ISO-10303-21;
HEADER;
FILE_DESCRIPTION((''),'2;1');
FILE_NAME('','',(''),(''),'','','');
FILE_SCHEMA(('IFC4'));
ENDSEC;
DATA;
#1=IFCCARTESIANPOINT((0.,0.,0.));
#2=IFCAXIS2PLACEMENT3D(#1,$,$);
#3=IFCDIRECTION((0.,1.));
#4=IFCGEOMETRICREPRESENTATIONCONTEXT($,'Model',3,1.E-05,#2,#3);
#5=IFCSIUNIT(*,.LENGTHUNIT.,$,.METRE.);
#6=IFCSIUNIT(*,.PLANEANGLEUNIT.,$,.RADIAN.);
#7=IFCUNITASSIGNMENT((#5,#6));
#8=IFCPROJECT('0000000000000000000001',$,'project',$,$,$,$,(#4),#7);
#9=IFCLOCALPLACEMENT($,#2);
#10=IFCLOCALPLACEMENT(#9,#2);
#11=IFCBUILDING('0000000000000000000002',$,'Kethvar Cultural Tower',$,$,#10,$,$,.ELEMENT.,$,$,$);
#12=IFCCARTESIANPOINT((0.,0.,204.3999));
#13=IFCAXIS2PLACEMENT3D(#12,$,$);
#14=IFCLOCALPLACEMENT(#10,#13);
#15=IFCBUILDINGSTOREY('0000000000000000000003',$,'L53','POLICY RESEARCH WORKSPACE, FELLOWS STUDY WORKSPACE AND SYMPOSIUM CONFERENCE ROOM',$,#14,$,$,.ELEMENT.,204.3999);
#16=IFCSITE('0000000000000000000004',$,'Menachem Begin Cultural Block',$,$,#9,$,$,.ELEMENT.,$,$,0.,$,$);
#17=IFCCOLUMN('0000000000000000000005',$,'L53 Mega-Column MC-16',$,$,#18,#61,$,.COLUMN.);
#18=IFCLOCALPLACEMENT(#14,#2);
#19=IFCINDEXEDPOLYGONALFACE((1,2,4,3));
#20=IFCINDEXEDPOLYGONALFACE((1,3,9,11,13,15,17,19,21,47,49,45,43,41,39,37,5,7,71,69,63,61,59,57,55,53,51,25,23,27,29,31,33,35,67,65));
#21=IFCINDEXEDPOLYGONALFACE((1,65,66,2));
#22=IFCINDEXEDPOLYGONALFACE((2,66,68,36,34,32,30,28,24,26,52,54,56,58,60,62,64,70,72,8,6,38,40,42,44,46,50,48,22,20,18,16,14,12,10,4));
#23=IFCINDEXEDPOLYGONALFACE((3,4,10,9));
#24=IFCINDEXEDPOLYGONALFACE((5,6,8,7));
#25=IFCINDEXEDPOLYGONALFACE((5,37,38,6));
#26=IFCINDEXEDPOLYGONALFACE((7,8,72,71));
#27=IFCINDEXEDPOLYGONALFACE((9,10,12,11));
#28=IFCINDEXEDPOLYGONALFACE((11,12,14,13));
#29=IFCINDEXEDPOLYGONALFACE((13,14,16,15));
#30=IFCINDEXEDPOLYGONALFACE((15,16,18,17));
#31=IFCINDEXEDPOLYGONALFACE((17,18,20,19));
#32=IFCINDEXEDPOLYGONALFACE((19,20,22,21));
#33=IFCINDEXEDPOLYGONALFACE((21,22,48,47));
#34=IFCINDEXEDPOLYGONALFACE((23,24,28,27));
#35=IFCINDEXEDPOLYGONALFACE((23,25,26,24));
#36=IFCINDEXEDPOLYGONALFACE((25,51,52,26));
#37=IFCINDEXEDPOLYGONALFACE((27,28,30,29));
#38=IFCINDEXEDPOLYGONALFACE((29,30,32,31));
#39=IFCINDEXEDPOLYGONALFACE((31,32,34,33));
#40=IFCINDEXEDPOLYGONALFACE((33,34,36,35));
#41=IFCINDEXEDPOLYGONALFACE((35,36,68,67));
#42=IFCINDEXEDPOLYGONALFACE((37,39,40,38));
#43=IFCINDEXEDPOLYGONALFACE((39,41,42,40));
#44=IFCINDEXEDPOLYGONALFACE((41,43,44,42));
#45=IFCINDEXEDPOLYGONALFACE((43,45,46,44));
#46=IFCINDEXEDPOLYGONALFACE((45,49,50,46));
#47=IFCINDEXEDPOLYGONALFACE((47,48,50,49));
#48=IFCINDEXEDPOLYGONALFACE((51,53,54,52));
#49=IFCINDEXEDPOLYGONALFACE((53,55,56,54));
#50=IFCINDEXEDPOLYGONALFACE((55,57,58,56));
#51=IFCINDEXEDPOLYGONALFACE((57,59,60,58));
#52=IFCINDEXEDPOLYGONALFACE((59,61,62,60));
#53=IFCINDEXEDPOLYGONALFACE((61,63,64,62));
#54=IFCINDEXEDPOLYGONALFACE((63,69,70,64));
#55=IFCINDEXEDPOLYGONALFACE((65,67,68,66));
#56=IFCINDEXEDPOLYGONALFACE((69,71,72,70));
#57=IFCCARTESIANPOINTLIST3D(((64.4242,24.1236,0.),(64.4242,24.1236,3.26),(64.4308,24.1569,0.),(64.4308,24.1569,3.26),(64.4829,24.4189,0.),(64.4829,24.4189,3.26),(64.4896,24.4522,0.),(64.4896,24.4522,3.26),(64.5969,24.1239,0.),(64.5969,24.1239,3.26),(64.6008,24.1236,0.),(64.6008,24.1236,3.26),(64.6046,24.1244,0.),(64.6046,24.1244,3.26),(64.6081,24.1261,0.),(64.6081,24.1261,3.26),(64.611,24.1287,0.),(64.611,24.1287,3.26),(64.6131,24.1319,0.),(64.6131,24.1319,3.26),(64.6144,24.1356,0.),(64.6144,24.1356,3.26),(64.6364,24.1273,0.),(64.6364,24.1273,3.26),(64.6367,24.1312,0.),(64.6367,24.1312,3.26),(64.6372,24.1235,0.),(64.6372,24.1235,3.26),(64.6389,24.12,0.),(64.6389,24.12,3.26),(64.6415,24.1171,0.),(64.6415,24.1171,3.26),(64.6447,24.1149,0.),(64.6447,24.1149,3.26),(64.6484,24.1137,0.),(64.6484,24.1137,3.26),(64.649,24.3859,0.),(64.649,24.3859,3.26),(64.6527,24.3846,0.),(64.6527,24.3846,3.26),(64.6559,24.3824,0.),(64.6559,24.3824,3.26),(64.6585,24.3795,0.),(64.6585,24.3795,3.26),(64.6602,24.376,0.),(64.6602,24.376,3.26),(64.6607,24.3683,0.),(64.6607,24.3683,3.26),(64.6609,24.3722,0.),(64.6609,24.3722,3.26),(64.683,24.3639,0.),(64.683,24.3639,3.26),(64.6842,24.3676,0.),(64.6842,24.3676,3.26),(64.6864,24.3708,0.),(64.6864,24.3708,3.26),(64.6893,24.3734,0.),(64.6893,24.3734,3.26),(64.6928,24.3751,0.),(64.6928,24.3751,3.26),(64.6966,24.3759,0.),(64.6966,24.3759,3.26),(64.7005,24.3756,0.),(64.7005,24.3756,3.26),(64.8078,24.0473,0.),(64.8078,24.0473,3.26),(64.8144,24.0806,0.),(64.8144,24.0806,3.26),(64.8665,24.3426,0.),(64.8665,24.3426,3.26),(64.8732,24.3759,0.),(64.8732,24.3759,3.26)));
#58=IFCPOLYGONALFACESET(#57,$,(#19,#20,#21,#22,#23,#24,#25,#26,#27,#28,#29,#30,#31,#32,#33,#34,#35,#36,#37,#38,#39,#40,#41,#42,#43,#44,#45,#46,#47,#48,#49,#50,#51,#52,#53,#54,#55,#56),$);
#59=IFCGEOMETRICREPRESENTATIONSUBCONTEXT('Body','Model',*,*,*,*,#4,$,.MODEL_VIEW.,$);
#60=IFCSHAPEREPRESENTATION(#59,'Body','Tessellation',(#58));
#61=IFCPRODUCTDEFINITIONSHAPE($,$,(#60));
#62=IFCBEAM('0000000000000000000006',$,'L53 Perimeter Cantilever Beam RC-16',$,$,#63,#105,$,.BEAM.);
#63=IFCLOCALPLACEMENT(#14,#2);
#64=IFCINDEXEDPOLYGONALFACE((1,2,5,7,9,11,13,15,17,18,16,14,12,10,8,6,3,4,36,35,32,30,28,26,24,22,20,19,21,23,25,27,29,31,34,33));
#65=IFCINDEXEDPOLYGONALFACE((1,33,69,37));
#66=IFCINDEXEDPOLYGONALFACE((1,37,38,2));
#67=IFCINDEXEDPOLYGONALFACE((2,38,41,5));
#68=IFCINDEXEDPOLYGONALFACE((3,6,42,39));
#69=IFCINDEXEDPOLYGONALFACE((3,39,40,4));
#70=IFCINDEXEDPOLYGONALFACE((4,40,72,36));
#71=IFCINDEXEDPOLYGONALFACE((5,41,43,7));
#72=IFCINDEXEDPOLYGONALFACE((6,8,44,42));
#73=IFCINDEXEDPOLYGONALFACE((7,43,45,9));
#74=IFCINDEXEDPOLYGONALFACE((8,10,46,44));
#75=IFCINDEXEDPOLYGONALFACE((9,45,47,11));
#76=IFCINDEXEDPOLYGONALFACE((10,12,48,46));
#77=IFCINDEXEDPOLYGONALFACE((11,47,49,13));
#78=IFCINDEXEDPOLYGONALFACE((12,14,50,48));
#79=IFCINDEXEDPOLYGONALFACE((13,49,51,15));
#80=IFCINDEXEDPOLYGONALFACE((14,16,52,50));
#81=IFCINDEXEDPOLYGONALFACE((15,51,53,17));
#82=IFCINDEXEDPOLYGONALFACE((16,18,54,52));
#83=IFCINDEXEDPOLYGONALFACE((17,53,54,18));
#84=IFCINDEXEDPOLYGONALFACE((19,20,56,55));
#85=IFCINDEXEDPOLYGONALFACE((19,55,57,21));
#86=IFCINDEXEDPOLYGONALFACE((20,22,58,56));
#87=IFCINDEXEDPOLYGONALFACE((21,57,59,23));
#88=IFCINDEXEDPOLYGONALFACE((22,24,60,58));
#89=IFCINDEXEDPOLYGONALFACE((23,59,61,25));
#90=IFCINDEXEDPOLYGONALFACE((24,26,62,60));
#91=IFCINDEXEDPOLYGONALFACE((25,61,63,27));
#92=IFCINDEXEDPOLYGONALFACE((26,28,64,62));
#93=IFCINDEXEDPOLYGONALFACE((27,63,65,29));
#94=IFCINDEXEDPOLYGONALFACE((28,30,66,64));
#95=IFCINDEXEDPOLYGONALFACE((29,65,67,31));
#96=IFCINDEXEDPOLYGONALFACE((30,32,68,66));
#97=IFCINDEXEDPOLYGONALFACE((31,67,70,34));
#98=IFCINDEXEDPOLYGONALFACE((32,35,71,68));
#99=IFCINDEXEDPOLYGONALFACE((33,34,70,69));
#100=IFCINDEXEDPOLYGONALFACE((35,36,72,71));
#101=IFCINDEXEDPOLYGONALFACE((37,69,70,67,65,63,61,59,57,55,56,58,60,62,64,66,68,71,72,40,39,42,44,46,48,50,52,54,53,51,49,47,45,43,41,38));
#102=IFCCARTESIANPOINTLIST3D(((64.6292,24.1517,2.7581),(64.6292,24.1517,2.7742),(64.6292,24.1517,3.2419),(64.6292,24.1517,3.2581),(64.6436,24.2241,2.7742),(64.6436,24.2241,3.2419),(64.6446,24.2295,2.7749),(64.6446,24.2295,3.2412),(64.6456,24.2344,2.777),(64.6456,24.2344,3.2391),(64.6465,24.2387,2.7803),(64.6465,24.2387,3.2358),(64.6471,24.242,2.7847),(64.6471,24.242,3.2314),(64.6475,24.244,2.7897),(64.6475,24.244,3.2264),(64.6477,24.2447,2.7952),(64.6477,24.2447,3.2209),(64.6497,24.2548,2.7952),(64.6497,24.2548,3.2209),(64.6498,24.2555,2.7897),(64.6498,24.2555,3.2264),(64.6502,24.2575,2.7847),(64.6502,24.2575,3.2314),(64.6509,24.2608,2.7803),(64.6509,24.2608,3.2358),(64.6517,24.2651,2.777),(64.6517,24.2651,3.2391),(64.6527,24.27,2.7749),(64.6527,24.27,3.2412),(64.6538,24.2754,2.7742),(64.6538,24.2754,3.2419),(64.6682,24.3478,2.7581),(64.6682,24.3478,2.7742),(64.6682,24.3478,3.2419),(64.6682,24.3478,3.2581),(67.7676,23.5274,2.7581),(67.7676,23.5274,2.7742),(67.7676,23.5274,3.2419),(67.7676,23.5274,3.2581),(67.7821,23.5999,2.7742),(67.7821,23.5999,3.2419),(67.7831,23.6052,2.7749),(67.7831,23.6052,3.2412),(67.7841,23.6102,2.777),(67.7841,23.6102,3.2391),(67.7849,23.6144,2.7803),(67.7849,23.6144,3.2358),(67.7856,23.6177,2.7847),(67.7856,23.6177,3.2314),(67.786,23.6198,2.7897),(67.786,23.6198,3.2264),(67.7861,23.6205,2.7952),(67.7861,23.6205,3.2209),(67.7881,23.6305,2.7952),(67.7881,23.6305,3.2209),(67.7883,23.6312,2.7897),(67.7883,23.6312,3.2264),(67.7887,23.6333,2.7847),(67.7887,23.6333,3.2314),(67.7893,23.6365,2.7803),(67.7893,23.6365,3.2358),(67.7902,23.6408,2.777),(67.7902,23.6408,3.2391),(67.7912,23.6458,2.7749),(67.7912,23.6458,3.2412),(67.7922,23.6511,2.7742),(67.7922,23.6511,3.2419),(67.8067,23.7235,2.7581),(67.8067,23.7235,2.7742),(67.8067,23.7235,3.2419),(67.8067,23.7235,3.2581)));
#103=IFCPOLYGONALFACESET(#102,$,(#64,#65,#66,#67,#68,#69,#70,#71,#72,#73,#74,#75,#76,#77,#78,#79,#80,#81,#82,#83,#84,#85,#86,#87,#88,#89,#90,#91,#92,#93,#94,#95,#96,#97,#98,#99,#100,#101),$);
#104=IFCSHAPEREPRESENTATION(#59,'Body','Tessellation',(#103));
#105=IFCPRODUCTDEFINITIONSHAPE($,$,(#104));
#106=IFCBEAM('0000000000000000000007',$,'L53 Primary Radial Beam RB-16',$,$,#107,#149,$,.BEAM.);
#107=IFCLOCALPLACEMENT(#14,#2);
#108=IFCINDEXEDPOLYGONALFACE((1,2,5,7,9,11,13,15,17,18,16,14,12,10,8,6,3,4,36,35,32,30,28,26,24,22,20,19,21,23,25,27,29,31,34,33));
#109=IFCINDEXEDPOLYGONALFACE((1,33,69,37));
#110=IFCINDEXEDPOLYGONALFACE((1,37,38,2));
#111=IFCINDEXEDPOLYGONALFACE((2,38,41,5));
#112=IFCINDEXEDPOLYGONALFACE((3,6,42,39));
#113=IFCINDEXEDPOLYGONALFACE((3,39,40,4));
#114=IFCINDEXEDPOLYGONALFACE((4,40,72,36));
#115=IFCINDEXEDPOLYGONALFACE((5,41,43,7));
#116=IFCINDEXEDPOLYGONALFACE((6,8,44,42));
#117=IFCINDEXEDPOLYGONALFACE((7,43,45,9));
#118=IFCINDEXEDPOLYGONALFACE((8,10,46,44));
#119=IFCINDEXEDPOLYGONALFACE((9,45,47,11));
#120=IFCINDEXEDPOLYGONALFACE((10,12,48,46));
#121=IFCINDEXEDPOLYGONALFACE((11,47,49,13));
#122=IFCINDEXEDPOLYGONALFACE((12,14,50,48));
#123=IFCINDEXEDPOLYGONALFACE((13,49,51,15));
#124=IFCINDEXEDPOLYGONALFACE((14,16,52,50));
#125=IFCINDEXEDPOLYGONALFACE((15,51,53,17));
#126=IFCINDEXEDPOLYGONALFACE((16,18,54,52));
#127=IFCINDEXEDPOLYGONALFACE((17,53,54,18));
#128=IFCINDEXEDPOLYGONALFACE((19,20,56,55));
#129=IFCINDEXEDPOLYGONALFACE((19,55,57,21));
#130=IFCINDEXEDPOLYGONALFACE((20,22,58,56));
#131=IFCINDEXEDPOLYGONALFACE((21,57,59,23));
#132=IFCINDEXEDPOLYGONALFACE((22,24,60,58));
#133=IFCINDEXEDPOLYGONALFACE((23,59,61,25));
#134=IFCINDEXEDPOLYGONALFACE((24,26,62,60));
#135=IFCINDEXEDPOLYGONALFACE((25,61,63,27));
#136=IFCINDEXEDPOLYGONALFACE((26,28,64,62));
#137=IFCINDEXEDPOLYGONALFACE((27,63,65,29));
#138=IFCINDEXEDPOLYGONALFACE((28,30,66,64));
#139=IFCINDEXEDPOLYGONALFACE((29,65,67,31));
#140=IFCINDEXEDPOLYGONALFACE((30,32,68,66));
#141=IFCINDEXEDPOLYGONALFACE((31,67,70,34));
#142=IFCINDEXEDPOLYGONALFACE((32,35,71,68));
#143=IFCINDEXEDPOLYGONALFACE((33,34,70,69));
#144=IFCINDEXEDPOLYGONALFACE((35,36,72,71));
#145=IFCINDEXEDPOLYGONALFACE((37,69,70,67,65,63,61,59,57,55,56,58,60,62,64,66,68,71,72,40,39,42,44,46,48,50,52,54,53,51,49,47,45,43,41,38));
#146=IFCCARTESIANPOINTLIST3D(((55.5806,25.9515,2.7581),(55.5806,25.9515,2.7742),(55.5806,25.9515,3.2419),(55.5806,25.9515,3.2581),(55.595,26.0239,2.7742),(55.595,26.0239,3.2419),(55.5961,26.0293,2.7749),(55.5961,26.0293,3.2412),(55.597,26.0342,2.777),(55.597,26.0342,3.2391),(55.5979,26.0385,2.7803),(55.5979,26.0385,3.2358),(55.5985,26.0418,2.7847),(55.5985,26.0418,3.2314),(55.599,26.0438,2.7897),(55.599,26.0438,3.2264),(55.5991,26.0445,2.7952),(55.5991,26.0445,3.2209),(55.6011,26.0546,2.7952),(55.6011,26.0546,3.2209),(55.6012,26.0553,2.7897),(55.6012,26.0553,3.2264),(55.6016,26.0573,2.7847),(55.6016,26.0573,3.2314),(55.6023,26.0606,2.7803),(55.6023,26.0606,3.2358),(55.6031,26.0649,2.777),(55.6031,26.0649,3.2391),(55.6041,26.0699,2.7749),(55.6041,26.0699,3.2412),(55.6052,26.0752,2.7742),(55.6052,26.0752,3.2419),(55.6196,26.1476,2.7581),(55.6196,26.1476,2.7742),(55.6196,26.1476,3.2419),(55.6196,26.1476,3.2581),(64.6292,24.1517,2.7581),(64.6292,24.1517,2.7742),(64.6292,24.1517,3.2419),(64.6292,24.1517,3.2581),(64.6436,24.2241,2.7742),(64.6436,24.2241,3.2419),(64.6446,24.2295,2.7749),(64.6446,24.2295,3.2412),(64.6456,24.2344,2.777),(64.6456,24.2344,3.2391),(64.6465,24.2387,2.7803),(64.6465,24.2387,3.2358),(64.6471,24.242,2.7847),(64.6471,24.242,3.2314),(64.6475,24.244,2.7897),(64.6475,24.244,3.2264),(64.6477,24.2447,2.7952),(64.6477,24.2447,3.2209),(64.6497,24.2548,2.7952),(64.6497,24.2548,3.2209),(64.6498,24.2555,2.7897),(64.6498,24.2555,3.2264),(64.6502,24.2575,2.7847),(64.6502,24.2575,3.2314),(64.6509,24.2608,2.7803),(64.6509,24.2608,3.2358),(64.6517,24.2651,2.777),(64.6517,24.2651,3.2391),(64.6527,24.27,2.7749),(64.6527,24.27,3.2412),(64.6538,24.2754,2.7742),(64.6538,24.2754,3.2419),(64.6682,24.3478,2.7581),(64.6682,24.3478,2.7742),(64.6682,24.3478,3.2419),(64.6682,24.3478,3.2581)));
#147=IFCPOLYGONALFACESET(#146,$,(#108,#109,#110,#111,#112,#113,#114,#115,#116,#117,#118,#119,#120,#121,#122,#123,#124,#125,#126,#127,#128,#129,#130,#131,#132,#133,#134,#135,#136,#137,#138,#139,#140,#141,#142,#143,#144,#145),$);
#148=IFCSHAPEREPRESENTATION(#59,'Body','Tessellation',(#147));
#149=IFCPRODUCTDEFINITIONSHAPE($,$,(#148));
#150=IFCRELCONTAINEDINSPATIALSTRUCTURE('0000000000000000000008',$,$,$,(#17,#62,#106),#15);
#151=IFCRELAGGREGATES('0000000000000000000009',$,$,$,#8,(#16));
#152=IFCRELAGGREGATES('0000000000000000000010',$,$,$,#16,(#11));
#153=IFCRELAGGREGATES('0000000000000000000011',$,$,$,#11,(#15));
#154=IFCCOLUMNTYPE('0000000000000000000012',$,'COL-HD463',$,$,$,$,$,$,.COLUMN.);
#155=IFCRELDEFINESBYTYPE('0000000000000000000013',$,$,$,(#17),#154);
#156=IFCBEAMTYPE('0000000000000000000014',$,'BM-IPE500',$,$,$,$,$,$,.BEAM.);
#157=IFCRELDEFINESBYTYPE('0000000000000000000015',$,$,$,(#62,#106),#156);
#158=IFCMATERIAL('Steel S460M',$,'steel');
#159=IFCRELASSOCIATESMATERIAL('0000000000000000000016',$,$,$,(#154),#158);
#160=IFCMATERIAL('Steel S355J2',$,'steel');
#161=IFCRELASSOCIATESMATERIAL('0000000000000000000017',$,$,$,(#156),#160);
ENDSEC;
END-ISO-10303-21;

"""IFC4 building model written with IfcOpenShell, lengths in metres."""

from ifc_helpers import new_model, si_unit, direction, frame, origin, origin_2d, place, context, subcontext, project, spatial, i_section, extrude, source, transform, mapped, material, material_profile, profile_set, type_object, element, save


model = new_model("IFC4")

# Units and contexts
model_context = context("Model", 3, precision=1e-05, world=origin(), true_north=direction((0.0, 1.0)))
body_context = subcontext(model_context, "Body", "Model", "MODEL_VIEW")
ifc_project = project(units=[si_unit("LENGTHUNIT", "METRE"), si_unit("PLANEANGLEUNIT", "RADIAN")], contexts=[model_context])

# Site, building, storey
site_placement = place(None, origin())
site = spatial("IfcSite", under=ifc_project, at=site_placement, Name="Menachem Begin Cultural Block", CompositionType="ELEMENT", RefElevation=0.0)
building_placement = place(site_placement, origin())
building = spatial("IfcBuilding", under=site, at=building_placement, Name="Kethvar Cultural Tower", CompositionType="ELEMENT")
storey_placement = place(building_placement, frame((0.0, 0.0, 204.3999)))
storey = spatial("IfcBuildingStorey", under=building, at=storey_placement, Name="L53", Description="POLICY RESEARCH WORKSPACE, FELLOWS STUDY WORKSPACE AND SYMPOSIUM CONFERENCE ROOM", CompositionType="ELEMENT", Elevation=204.3999)

# Column
ifc_material_1 = material(Name="Steel S460M", Category="steel")
ifc_material_profile_1 = material_profile(ifc_material_1, i_section(OverallWidth=0.3911, OverallDepth=0.335, WebThickness=0.0227, FlangeThickness=0.0339, FilletRadius=0.0149, at=origin_2d()), Name="Steel S460M — HD400x463")
ifc_profile_set_1 = profile_set([ifc_material_profile_1], Name="Steel S460M — HD400x463")
column_type = type_object("IfcColumnType", Name="COL-HD463", PredefinedType="COLUMN", material=ifc_profile_set_1)
shared_shape_1 = source(origin(), body_context, "Body", "SweptSolid", [
    extrude(i_section(OverallWidth=0.3911, OverallDepth=0.335, WebThickness=0.0227, FlangeThickness=0.0339, FilletRadius=0.0149, at=origin_2d()), origin(), (0.0, 0.0, 1.0), 3.26),
])
column_placement = place(storey_placement, frame((64.6487, 24.2498, 0.0), z_axis=(0.0, 0.0, 1.0), x_axis=(0.980785, -0.19509, 0.0)))
element("IfcColumn", 1, at=column_placement, inside=storey, type_object=column_type, Name="L53 Mega-Column MC-16", PredefinedType="COLUMN", context=body_context, shape_type="MappedRepresentation", body=[
    mapped(shared_shape_1, transform((0.0, 0.0, 0.0), scale=1.0)),
])

# Beams
ifc_material_2 = material(Name="Steel S355J2", Category="steel")
ifc_material_profile_2 = material_profile(ifc_material_2, i_section(OverallWidth=0.2, OverallDepth=0.5, WebThickness=0.0103, FlangeThickness=0.0161, FilletRadius=0.021, at=origin_2d()), Name="Steel S355J2 — IPE500")
ifc_profile_set_2 = profile_set([ifc_material_profile_2], Name="Steel S355J2 — IPE500")
beam_type_1 = type_object("IfcBeamType", Name="BM-IPE500", PredefinedType="BEAM", material=ifc_profile_set_2)
shared_shape_2 = source(origin(), body_context, "Body", "SweptSolid", [
    extrude(i_section(OverallWidth=0.2, OverallDepth=0.5, WebThickness=0.0103, FlangeThickness=0.0161, FilletRadius=0.021, at=origin_2d()), origin(), (0.0, 0.0, 1.0), 3.2),
])
beam_1_placement = place(storey_placement, frame((64.6487, 24.2498, 3.0081), z_axis=(0.980786, -0.195089, 0.0), x_axis=(0.195089, 0.980786, 0.0)))
element("IfcBeam", 2, at=beam_1_placement, inside=storey, type_object=beam_type_1, Name="L53 Perimeter Cantilever Beam RC-16", PredefinedType="BEAM", context=body_context, shape_type="MappedRepresentation", body=[
    mapped(shared_shape_2, transform((0.0, 0.0, 0.0), scale=1.0)),
])
shared_shape_3 = source(origin(), body_context, "Body", "SweptSolid", [
    extrude(i_section(OverallWidth=0.2, OverallDepth=0.5, WebThickness=0.0103, FlangeThickness=0.0161, FilletRadius=0.021, at=origin_2d()), origin(), (0.0, 0.0, 1.0), 9.2258),
])
beam_2_placement = place(storey_placement, frame((55.6001, 26.0496, 3.0081), z_axis=(0.980787, -0.195083, 0.0), x_axis=(0.195083, 0.980787, 0.0)))
element("IfcBeam", 3, at=beam_2_placement, inside=storey, type_object=beam_type_1, Name="L53 Primary Radial Beam RB-16", PredefinedType="BEAM", context=body_context, shape_type="MappedRepresentation", body=[
    mapped(shared_shape_3, transform((0.0, 0.0, 0.0), scale=1.0)),
])

save(model, "model.ifc")
